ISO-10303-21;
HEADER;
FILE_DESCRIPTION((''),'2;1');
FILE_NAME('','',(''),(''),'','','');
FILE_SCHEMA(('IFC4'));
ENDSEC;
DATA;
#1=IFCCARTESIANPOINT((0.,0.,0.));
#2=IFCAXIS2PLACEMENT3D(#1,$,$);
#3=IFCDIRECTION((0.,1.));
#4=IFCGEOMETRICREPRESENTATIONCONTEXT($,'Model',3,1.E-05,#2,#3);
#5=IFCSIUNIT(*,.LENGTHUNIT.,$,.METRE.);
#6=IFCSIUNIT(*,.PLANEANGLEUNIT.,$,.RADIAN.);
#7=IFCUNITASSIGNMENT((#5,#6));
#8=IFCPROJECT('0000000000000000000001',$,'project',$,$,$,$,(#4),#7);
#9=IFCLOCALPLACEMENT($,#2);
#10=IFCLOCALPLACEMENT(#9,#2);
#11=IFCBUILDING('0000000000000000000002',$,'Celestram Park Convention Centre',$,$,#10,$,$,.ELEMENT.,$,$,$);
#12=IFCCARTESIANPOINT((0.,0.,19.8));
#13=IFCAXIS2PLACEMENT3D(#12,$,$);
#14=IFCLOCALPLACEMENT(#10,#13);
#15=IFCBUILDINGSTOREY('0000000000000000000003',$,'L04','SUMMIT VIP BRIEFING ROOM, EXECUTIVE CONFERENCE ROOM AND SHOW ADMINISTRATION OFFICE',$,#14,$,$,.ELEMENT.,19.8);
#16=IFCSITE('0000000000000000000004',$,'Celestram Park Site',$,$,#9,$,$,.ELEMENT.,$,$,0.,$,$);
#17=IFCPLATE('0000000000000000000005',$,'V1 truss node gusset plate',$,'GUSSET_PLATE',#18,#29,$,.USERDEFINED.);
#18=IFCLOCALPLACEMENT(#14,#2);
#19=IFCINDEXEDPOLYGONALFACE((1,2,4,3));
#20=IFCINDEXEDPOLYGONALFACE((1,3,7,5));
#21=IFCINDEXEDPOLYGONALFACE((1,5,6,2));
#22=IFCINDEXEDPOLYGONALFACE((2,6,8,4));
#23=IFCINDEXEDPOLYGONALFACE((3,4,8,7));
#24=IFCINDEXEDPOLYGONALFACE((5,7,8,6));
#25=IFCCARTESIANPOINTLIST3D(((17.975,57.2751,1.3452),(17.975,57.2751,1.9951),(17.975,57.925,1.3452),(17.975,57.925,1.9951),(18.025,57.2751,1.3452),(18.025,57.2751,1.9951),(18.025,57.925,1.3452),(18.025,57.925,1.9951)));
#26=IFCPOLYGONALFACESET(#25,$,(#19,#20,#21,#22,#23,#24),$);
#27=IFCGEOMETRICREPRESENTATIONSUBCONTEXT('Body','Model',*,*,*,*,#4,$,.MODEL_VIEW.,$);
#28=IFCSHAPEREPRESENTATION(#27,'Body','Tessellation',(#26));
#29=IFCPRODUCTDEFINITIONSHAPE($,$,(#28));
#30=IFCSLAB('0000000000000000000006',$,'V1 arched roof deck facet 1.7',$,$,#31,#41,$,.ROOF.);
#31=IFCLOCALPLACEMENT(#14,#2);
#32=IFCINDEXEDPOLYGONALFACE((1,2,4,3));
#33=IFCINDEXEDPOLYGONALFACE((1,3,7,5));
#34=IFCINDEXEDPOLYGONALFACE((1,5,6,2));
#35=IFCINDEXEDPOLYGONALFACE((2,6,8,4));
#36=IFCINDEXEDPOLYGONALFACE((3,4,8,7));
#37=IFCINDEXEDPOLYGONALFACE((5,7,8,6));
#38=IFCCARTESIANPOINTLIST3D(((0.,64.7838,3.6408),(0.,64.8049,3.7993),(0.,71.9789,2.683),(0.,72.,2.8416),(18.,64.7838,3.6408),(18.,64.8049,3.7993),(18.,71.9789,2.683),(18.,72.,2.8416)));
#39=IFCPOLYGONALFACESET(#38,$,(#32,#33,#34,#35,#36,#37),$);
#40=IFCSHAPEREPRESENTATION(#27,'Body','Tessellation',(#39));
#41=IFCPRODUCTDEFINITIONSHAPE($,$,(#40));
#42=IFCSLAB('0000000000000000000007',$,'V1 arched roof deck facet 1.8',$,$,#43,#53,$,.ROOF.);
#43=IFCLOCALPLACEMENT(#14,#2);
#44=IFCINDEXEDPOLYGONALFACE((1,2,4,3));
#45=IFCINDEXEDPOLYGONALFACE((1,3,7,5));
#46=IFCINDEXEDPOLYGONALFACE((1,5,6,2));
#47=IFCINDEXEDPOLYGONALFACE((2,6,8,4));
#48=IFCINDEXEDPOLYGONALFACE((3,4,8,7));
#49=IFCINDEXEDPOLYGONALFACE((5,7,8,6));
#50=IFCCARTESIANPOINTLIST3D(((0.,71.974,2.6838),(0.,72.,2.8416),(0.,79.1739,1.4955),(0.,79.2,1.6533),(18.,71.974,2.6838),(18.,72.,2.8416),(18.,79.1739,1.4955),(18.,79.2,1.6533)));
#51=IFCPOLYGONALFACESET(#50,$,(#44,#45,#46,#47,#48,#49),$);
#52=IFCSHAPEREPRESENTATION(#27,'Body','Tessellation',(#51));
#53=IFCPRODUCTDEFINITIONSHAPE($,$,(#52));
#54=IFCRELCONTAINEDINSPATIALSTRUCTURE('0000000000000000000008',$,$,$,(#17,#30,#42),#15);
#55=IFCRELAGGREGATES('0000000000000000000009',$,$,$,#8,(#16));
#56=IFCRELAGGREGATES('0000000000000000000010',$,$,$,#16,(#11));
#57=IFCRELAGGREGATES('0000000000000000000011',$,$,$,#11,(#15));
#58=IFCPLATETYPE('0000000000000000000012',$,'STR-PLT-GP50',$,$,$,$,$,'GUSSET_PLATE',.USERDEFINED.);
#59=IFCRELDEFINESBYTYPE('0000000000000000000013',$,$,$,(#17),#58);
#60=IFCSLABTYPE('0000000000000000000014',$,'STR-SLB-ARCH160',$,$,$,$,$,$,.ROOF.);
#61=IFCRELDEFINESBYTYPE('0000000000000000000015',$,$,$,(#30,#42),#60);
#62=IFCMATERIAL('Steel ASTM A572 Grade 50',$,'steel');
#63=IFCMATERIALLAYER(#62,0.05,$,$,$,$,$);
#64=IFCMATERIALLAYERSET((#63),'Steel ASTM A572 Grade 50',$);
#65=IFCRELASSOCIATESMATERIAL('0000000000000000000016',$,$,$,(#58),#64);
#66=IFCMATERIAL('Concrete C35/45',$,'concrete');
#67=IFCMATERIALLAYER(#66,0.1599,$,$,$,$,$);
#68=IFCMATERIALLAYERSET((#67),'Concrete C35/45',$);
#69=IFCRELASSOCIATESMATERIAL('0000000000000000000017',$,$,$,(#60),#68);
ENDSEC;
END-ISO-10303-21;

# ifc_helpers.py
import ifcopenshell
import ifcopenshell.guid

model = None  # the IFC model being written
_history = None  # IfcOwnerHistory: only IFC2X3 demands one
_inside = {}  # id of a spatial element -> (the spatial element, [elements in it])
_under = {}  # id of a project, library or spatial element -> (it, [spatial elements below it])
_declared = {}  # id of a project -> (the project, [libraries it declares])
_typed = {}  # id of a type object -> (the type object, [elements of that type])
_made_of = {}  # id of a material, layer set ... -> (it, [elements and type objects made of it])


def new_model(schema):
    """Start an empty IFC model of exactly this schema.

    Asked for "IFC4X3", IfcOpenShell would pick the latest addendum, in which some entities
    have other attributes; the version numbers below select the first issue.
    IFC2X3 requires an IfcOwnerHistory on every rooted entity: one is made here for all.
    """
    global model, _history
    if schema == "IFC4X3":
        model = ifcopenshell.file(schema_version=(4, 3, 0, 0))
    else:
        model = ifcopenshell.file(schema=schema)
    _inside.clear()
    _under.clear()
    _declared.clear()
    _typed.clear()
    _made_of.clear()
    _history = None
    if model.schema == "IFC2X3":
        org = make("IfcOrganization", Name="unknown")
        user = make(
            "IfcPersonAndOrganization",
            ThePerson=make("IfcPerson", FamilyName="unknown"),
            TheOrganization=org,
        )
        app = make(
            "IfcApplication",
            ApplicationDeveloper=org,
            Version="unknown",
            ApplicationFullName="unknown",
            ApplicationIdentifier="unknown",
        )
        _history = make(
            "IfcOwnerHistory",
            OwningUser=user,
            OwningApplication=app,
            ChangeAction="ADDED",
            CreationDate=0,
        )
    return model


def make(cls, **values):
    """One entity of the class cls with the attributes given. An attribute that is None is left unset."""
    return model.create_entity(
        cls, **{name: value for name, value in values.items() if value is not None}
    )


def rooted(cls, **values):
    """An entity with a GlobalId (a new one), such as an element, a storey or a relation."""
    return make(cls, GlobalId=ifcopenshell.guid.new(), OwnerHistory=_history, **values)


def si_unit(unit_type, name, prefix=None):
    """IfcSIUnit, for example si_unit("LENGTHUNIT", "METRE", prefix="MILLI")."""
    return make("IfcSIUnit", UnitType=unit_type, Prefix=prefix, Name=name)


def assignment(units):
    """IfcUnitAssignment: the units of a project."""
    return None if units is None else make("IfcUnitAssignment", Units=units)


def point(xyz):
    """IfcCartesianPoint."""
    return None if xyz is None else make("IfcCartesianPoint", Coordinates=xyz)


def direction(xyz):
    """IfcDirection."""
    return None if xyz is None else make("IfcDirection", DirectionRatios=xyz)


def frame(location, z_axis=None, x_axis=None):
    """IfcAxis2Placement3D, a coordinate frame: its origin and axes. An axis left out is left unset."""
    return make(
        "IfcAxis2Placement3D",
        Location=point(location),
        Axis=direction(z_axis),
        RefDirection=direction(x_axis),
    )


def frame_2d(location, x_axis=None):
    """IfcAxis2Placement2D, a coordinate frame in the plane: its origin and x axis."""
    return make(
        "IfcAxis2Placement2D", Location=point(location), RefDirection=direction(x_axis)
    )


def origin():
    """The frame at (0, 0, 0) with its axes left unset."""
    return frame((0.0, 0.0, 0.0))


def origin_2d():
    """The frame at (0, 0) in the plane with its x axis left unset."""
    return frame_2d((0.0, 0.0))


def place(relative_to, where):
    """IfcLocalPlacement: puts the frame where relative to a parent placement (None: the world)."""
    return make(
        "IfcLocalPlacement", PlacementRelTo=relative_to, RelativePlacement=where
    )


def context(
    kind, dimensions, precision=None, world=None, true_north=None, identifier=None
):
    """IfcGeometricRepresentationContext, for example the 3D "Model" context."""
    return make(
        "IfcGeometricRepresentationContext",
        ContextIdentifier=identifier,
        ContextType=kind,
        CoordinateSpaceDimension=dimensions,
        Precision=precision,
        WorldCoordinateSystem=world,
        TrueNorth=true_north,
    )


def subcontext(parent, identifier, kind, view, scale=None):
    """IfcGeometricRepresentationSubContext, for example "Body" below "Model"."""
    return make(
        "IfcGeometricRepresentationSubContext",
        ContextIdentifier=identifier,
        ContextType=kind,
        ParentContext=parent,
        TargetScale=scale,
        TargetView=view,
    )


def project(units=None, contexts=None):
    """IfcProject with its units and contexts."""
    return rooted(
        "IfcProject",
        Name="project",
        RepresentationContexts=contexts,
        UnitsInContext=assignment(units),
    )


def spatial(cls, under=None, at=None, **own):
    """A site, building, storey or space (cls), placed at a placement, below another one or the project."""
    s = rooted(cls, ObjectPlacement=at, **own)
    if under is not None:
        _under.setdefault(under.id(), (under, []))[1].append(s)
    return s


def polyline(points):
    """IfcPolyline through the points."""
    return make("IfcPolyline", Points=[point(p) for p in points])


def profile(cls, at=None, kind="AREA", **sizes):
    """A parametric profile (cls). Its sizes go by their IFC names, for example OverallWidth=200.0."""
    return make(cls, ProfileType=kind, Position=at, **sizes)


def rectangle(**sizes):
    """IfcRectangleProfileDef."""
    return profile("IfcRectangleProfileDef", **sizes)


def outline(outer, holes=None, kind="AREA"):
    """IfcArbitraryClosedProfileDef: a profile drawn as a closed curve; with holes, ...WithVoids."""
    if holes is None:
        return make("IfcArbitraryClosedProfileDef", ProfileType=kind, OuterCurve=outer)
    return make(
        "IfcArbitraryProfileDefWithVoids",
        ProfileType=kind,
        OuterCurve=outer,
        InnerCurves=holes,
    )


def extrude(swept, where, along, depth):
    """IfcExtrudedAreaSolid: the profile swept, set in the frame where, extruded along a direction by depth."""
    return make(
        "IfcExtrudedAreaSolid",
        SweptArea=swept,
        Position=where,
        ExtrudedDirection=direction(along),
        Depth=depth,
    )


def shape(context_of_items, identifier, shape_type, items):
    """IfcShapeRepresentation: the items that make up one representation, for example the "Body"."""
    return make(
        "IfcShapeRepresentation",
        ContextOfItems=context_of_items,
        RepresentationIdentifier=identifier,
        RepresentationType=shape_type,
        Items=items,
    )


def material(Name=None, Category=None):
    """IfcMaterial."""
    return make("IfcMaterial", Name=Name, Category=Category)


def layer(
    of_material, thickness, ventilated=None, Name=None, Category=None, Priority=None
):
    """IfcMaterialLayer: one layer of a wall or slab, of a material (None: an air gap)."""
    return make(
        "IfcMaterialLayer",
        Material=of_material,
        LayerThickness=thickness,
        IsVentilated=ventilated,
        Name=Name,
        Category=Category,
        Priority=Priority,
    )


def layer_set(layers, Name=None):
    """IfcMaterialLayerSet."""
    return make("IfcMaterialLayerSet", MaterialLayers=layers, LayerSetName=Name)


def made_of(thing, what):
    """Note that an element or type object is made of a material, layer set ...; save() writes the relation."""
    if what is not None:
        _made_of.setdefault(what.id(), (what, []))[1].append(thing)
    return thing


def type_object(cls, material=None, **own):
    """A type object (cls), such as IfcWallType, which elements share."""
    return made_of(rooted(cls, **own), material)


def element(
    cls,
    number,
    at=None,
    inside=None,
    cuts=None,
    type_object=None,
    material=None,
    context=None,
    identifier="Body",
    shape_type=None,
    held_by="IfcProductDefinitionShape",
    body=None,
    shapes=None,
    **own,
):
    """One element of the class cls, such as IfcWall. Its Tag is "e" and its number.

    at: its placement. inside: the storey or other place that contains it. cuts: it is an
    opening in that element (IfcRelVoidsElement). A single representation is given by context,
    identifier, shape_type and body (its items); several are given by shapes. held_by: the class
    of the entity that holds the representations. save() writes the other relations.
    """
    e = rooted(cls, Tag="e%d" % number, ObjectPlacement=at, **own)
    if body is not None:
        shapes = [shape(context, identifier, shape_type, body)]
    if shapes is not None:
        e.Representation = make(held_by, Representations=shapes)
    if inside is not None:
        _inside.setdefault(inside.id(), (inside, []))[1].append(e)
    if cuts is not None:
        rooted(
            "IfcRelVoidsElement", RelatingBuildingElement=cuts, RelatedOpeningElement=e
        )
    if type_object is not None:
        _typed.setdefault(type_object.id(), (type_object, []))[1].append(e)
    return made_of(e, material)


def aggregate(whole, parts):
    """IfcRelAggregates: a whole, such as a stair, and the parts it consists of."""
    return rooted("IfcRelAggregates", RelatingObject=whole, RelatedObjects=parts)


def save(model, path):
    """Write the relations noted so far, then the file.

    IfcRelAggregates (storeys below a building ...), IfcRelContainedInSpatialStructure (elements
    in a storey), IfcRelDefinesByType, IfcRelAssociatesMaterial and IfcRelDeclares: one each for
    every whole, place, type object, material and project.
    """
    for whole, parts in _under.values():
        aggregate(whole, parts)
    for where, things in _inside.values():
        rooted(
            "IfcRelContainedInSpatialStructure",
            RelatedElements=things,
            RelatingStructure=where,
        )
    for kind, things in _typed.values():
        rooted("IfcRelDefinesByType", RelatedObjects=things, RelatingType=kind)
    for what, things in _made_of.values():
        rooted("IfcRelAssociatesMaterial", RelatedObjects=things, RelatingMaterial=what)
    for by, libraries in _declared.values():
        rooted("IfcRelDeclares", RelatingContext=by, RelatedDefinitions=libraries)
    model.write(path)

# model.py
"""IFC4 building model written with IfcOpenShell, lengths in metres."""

from ifc_helpers import new_model, si_unit, direction, frame, origin, origin_2d, place, context, subcontext, project, spatial, polyline, rectangle, outline, extrude, material, layer, layer_set, type_object, element, save


model = new_model("IFC4")

# Units and contexts
model_context = context("Model", 3, precision=1e-05, world=origin(), true_north=direction((0.0, 1.0)))
body_context = subcontext(model_context, "Body", "Model", "MODEL_VIEW")
ifc_project = project(units=[si_unit("LENGTHUNIT", "METRE"), si_unit("PLANEANGLEUNIT", "RADIAN")], contexts=[model_context])

# Site, building, storey
site_placement = place(None, origin())
site = spatial("IfcSite", under=ifc_project, at=site_placement, Name="Celestram Park Site", CompositionType="ELEMENT", RefElevation=0.0)
building_placement = place(site_placement, origin())
building = spatial("IfcBuilding", under=site, at=building_placement, Name="Celestram Park Convention Centre", CompositionType="ELEMENT")
storey_placement = place(building_placement, frame((0.0, 0.0, 19.8)))
storey = spatial("IfcBuildingStorey", under=building, at=storey_placement, Name="L04", Description="SUMMIT VIP BRIEFING ROOM, EXECUTIVE CONFERENCE ROOM AND SHOW ADMINISTRATION OFFICE", CompositionType="ELEMENT", Elevation=19.8)

# Plate
ifc_material_1 = material(Name="Steel ASTM A572 Grade 50", Category="steel")
ifc_layer_1 = layer(ifc_material_1, 0.05)
ifc_layer_set_1 = layer_set([ifc_layer_1], Name="Steel ASTM A572 Grade 50")
plate_type_1 = type_object("IfcPlateType", Name="STR-PLT-GP50", ElementType="GUSSET_PLATE", PredefinedType="USERDEFINED", material=ifc_layer_set_1)
for number, where, z_axis, x_axis, name in (
    (1, (18.0, 57.6001, 1.3452), (0.0, 0.0, 1.0), (0.0, 1.0, 0.0), "V1 truss node gusset plate"),
):
    element("IfcPlate", number, at=place(storey_placement, frame(where, z_axis=z_axis, x_axis=x_axis)), inside=storey, type_object=plate_type_1, Name=name, ObjectType="GUSSET_PLATE", PredefinedType="USERDEFINED", context=body_context, shape_type="SweptSolid", body=[
        extrude(rectangle(XDim=0.6499, YDim=0.05, at=origin_2d()), origin(), (0.0, 0.0, 1.0), 0.6499),
    ])

# Slabs
ifc_material_2 = material(Name="Concrete C35/45", Category="concrete")
ifc_layer_2 = layer(ifc_material_2, 0.1599)
ifc_layer_set_2 = layer_set([ifc_layer_2], Name="Concrete C35/45")
slab_type = type_object("IfcSlabType", Name="STR-SLB-ARCH160", PredefinedType="ROOF", material=ifc_layer_set_2)
slab_1_placement = place(storey_placement, frame((0.0, 64.8049, 3.7993), z_axis=(0.0, 0.13195, 0.991256), x_axis=(1.0, 0.0, 0.0)))
element("IfcSlab", 2, at=slab_1_placement, inside=storey, type_object=slab_type, Name="V1 arched roof deck facet 1.7", PredefinedType="ROOF", context=body_context, shape_type="SweptSolid", body=[
    extrude(outline(polyline([(0.0, 0.0), (18.0, 0.0), (18.0, 7.2585), (0.0, 7.2585), (0.0, 0.0)])), origin(), (0.0, 0.0, -1.0), 0.1599),
])
slab_2_placement = place(storey_placement, frame((0.0, 72.0, 2.8416), z_axis=(0.0, 0.162831, 0.986654), x_axis=(1.0, 0.0, 0.0)))
element("IfcSlab", 3, at=slab_2_placement, inside=storey, type_object=slab_type, Name="V1 arched roof deck facet 1.8", PredefinedType="ROOF", context=body_context, shape_type="SweptSolid", body=[
    extrude(outline(polyline([(0.0, 0.0), (18.0, 0.0), (18.0, 7.2973), (0.0, 7.2973), (0.0, 0.0)])), origin(), (0.0, 0.0, -1.0), 0.1599),
])

save(model, "model.ifc")
